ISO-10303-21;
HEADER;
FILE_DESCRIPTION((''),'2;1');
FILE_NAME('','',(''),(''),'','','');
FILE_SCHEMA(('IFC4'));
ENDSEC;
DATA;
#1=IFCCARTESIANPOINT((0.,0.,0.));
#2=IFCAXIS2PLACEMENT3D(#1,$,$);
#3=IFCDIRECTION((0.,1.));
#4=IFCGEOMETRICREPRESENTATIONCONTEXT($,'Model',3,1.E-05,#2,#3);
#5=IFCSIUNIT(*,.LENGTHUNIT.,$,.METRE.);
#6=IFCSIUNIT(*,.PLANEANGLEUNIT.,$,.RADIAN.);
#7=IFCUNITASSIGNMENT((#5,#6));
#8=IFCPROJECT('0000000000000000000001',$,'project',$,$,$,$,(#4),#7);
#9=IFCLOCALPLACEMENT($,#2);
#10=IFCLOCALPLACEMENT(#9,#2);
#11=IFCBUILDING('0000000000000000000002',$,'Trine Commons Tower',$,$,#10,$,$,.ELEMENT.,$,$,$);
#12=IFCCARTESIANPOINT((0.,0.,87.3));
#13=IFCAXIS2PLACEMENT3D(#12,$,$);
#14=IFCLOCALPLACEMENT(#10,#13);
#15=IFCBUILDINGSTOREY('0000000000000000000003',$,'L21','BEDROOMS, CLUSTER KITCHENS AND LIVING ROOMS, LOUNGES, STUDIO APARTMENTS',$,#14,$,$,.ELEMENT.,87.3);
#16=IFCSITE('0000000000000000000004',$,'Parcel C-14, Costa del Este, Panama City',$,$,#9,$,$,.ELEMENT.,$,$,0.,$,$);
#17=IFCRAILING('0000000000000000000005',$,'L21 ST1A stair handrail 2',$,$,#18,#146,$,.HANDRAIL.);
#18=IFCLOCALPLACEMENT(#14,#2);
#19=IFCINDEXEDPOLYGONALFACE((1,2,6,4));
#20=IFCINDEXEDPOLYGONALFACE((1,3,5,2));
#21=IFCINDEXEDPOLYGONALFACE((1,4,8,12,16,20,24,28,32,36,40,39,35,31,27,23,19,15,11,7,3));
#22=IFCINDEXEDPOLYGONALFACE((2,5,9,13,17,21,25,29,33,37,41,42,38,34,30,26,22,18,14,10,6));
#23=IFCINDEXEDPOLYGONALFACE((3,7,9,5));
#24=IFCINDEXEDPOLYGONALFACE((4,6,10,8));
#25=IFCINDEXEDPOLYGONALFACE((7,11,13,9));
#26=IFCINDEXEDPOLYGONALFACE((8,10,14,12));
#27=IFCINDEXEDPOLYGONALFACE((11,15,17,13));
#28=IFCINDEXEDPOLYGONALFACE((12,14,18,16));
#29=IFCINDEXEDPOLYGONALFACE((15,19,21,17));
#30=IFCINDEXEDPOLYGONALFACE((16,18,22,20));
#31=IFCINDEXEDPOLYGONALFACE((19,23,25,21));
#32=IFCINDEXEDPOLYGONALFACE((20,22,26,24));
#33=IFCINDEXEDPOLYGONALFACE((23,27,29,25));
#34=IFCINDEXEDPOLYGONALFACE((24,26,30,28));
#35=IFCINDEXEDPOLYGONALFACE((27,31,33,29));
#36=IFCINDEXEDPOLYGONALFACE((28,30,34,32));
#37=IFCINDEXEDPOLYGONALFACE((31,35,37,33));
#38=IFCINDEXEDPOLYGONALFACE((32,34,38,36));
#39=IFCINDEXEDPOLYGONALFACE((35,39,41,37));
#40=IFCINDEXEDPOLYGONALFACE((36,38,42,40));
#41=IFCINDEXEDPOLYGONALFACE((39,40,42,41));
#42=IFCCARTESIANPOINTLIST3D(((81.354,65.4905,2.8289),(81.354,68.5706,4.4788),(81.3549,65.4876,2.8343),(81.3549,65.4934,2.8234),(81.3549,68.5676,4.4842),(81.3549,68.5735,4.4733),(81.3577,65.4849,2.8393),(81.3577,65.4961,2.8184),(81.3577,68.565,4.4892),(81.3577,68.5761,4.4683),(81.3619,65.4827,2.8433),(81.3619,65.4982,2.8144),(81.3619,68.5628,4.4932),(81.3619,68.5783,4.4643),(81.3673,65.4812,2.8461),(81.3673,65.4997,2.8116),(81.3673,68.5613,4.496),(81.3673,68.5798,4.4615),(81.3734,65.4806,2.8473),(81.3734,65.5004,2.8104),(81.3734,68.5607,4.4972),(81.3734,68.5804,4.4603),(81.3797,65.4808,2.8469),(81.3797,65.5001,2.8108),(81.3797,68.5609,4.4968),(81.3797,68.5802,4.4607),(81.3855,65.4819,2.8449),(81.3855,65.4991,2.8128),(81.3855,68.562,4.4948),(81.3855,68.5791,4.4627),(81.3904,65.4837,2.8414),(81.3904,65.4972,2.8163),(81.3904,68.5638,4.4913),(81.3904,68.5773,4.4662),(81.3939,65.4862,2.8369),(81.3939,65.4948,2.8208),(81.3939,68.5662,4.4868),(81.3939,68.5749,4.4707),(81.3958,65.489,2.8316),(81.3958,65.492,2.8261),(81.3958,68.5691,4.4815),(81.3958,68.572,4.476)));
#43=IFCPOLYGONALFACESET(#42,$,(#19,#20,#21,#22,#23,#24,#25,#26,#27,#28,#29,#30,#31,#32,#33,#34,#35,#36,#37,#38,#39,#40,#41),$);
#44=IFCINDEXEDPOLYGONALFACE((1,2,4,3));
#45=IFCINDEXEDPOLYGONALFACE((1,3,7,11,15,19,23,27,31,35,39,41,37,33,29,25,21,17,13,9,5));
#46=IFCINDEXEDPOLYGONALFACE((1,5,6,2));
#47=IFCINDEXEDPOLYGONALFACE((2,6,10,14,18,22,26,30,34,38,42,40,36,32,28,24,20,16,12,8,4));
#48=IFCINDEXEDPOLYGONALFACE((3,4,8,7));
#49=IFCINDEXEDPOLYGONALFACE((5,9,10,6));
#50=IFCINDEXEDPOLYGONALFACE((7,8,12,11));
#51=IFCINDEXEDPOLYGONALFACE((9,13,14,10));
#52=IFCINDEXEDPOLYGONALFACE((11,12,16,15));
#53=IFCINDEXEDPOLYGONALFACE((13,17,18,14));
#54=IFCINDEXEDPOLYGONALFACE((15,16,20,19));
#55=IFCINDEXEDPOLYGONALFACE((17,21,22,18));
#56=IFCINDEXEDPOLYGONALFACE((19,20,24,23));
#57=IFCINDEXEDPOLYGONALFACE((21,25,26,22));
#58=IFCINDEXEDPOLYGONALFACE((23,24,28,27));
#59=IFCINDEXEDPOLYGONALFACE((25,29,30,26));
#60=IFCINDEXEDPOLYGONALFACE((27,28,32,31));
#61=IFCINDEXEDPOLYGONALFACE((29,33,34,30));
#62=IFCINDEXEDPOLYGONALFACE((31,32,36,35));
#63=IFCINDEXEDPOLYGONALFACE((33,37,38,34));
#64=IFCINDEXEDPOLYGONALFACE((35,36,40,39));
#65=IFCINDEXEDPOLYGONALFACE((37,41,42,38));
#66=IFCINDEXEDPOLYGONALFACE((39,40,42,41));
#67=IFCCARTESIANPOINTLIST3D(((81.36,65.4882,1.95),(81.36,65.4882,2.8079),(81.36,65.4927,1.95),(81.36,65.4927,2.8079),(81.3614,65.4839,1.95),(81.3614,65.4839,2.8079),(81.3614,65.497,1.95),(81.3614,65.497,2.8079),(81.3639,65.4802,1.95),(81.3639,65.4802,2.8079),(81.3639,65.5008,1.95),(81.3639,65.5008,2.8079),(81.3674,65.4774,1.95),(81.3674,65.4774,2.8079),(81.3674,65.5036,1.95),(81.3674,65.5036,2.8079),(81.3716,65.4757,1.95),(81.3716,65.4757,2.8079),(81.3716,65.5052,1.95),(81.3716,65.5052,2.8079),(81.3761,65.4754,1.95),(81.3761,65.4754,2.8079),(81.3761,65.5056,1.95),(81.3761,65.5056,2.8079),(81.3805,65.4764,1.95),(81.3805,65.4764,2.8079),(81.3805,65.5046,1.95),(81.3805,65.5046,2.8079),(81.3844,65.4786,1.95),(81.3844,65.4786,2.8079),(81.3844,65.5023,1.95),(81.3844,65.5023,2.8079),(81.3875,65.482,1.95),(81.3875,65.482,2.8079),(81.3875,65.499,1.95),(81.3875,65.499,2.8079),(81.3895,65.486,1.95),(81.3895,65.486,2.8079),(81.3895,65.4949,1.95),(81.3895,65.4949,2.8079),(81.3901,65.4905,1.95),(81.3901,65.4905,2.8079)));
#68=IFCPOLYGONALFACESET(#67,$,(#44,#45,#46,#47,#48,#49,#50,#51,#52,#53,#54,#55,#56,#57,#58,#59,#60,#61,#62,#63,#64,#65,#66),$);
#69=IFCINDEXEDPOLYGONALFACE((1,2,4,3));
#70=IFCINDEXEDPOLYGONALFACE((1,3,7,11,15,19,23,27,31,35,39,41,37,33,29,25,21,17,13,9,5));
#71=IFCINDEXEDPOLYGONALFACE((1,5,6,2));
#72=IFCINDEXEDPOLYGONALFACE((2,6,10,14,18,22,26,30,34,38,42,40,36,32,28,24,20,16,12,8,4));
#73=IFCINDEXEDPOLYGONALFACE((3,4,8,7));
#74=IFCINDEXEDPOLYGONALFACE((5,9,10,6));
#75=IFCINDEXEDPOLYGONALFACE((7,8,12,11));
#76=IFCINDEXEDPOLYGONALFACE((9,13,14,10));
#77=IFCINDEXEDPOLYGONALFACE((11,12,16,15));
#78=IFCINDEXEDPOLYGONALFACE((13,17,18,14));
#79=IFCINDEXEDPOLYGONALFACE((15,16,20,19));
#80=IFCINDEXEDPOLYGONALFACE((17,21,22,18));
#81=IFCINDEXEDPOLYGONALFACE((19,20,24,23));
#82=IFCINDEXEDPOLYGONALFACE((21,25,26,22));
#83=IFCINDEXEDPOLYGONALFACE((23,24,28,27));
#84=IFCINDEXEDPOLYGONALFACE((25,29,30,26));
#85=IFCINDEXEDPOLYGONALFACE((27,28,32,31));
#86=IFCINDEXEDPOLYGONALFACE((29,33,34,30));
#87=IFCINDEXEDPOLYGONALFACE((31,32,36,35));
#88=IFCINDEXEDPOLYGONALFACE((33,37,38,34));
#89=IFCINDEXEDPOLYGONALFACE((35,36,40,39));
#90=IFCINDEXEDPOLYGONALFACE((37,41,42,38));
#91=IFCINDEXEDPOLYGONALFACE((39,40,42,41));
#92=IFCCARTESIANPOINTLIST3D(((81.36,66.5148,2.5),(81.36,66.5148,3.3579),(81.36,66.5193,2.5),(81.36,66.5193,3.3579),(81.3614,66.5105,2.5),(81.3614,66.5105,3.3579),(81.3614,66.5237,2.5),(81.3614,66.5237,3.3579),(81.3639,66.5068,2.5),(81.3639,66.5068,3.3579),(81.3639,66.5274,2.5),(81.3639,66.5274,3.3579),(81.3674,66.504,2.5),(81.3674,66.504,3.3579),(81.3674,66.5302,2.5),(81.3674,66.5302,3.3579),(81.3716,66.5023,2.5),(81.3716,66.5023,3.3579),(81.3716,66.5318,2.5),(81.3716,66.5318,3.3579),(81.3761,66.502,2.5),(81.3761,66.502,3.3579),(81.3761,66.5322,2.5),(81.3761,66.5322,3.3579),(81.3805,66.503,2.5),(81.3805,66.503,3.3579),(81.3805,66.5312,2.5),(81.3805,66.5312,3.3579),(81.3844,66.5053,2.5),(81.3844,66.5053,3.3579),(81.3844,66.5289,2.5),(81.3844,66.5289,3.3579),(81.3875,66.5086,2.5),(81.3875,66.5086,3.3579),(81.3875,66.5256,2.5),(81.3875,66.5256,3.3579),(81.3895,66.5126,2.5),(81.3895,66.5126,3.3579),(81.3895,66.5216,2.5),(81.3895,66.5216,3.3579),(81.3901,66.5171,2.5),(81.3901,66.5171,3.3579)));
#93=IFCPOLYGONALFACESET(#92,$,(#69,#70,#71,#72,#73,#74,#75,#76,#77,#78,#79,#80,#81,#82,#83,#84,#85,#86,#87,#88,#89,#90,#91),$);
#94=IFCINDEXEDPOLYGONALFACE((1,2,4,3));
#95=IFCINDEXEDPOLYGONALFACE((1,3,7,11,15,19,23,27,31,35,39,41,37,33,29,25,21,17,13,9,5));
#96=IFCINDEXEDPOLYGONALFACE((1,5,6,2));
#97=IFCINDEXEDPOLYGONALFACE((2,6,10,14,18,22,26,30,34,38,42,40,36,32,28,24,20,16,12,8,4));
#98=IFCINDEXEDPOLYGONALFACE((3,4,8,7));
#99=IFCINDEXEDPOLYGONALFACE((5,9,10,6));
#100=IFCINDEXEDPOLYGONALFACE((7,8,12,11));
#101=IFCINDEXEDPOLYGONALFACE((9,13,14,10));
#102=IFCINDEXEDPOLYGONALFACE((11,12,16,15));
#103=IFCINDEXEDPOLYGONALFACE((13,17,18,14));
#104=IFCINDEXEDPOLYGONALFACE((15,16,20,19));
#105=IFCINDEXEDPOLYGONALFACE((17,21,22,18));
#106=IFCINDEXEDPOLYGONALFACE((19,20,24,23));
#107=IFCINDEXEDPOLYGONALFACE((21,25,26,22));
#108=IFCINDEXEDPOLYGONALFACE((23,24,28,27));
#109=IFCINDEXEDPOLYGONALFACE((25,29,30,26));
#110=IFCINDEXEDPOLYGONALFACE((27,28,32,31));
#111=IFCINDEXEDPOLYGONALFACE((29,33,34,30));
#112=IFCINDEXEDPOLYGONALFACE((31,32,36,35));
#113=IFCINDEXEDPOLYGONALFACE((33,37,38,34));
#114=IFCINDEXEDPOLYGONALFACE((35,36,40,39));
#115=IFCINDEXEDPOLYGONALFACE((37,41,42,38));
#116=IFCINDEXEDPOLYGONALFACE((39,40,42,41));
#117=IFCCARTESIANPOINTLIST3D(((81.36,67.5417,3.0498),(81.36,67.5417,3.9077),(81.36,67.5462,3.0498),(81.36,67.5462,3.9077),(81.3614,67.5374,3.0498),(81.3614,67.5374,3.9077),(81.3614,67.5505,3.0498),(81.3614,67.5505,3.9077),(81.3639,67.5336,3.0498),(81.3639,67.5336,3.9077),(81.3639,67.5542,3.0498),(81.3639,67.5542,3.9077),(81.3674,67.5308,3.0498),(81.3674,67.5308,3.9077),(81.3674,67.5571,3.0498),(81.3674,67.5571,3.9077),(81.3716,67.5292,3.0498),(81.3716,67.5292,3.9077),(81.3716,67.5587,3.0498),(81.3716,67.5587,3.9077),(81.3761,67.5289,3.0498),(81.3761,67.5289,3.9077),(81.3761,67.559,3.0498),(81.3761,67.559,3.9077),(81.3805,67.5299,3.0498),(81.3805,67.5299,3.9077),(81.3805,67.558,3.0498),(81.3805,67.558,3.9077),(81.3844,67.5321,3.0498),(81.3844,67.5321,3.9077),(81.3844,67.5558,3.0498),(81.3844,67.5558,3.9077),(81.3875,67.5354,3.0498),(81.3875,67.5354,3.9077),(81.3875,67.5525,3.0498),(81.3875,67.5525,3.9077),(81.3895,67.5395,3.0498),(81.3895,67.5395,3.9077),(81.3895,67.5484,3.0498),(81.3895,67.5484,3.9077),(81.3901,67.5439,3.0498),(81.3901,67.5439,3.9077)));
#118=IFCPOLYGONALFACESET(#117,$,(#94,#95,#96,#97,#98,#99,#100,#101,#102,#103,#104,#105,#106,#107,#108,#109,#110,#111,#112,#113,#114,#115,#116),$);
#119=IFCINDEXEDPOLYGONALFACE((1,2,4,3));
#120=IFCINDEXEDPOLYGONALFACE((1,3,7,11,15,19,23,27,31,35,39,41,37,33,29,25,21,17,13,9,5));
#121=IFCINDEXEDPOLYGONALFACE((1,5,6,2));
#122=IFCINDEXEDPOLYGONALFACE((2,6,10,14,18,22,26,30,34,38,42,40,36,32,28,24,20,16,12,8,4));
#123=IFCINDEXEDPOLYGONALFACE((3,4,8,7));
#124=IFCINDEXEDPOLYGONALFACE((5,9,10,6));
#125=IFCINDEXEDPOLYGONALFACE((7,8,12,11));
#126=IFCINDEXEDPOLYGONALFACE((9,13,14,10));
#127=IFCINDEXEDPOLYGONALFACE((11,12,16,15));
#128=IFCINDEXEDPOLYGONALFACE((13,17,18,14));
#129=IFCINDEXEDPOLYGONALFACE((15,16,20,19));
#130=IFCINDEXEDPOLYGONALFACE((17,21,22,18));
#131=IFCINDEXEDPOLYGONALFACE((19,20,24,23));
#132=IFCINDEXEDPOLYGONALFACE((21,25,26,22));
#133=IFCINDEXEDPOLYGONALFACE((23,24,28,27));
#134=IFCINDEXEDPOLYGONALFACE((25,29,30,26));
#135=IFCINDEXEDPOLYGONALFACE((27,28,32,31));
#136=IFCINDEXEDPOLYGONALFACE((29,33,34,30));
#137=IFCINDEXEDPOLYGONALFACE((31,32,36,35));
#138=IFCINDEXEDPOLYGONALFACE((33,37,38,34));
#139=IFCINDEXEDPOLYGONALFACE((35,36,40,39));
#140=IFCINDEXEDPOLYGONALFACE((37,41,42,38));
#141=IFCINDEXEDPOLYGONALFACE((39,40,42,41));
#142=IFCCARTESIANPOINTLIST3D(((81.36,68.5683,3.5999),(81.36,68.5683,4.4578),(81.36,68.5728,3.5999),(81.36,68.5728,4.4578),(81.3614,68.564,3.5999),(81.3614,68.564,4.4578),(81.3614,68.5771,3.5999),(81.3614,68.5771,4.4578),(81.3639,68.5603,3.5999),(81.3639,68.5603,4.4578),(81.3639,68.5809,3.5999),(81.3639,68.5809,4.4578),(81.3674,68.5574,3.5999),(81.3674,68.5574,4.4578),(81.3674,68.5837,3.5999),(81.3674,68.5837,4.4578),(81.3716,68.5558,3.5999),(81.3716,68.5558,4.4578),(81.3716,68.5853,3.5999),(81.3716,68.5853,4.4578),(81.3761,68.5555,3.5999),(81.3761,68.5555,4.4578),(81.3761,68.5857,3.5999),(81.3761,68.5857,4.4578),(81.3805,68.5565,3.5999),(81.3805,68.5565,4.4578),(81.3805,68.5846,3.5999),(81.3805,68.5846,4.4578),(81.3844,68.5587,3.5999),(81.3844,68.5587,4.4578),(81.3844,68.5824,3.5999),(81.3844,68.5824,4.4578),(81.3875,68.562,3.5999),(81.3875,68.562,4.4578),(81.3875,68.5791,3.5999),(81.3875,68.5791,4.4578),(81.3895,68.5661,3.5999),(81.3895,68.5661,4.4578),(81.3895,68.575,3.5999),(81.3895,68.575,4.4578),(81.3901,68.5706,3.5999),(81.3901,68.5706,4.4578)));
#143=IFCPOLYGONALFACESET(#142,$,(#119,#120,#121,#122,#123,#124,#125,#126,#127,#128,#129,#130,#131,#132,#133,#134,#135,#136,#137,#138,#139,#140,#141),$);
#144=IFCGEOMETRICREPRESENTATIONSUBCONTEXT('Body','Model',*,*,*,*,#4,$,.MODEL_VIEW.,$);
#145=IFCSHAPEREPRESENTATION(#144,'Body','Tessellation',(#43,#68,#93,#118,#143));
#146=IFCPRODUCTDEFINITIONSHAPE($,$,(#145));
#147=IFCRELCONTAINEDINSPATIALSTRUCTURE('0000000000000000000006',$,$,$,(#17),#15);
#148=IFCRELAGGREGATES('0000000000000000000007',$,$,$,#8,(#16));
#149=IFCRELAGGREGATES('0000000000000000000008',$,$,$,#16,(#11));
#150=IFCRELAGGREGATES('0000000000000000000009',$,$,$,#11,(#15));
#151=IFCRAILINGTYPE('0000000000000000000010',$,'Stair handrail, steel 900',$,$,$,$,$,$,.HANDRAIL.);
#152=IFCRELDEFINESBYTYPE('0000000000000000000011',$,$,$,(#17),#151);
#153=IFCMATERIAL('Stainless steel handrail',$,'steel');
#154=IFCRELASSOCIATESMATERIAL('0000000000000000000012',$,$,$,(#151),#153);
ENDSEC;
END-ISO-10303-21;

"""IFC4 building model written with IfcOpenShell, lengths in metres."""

from ifc_helpers import new_model, si_unit, direction, frame, origin, origin_2d, place, context, subcontext, project, spatial, circle, extrude, material, type_object, element, save


model = new_model("IFC4")

# Units and contexts
model_context = context("Model", 3, precision=1e-05, world=origin(), true_north=direction((0.0, 1.0)))
body_context = subcontext(model_context, "Body", "Model", "MODEL_VIEW")
ifc_project = project(units=[si_unit("LENGTHUNIT", "METRE"), si_unit("PLANEANGLEUNIT", "RADIAN")], contexts=[model_context])

# Site, building, storey
site_placement = place(None, origin())
site = spatial("IfcSite", under=ifc_project, at=site_placement, Name="Parcel C-14, Costa del Este, Panama City", CompositionType="ELEMENT", RefElevation=0.0)
building_placement = place(site_placement, origin())
building = spatial("IfcBuilding", under=site, at=building_placement, Name="Trine Commons Tower", CompositionType="ELEMENT")
storey_placement = place(building_placement, frame((0.0, 0.0, 87.3)))
storey = spatial("IfcBuildingStorey", under=building, at=storey_placement, Name="L21", Description="BEDROOMS, CLUSTER KITCHENS AND LIVING ROOMS, LOUNGES, STUDIO APARTMENTS", CompositionType="ELEMENT", Elevation=87.3)

# Railing
ifc_material_1 = material(Name="Stainless steel handrail", Category="steel")
railing_type_1 = type_object("IfcRailingType", Name="Stair handrail, steel 900", PredefinedType="HANDRAIL", material=ifc_material_1)
railing_1_placement = place(storey_placement, frame((81.375, 65.4905, 1.95)))
element("IfcRailing", 1, at=railing_1_placement, inside=storey, type_object=railing_type_1, Name="L21 ST1A stair handrail 2", PredefinedType="HANDRAIL", context=body_context, shape_type="SweptSolid", body=[
    extrude(circle(Radius=0.021, at=origin_2d()), frame((0.0, 0.0, 0.8789), z_axis=(0.0, 0.881497, 0.47219), x_axis=(-1.0, 0.0, 0.0)), (0.0, 0.0, 1.0), 3.4941),
    extrude(circle(Radius=0.0151, at=origin_2d()), origin(), (0.0, 0.0, 1.0), 0.8579),
    extrude(circle(Radius=0.0151, at=origin_2d()), frame((0.0, 1.0266, 0.55)), (0.0, 0.0, 1.0), 0.8579),
    extrude(circle(Radius=0.0151, at=origin_2d()), frame((0.0, 2.0535, 1.0999)), (0.0, 0.0, 1.0), 0.8579),
    extrude(circle(Radius=0.0151, at=origin_2d()), frame((0.0, 3.0801, 1.6499)), (0.0, 0.0, 1.0), 0.8579),
])

save(model, "model.ifc")
